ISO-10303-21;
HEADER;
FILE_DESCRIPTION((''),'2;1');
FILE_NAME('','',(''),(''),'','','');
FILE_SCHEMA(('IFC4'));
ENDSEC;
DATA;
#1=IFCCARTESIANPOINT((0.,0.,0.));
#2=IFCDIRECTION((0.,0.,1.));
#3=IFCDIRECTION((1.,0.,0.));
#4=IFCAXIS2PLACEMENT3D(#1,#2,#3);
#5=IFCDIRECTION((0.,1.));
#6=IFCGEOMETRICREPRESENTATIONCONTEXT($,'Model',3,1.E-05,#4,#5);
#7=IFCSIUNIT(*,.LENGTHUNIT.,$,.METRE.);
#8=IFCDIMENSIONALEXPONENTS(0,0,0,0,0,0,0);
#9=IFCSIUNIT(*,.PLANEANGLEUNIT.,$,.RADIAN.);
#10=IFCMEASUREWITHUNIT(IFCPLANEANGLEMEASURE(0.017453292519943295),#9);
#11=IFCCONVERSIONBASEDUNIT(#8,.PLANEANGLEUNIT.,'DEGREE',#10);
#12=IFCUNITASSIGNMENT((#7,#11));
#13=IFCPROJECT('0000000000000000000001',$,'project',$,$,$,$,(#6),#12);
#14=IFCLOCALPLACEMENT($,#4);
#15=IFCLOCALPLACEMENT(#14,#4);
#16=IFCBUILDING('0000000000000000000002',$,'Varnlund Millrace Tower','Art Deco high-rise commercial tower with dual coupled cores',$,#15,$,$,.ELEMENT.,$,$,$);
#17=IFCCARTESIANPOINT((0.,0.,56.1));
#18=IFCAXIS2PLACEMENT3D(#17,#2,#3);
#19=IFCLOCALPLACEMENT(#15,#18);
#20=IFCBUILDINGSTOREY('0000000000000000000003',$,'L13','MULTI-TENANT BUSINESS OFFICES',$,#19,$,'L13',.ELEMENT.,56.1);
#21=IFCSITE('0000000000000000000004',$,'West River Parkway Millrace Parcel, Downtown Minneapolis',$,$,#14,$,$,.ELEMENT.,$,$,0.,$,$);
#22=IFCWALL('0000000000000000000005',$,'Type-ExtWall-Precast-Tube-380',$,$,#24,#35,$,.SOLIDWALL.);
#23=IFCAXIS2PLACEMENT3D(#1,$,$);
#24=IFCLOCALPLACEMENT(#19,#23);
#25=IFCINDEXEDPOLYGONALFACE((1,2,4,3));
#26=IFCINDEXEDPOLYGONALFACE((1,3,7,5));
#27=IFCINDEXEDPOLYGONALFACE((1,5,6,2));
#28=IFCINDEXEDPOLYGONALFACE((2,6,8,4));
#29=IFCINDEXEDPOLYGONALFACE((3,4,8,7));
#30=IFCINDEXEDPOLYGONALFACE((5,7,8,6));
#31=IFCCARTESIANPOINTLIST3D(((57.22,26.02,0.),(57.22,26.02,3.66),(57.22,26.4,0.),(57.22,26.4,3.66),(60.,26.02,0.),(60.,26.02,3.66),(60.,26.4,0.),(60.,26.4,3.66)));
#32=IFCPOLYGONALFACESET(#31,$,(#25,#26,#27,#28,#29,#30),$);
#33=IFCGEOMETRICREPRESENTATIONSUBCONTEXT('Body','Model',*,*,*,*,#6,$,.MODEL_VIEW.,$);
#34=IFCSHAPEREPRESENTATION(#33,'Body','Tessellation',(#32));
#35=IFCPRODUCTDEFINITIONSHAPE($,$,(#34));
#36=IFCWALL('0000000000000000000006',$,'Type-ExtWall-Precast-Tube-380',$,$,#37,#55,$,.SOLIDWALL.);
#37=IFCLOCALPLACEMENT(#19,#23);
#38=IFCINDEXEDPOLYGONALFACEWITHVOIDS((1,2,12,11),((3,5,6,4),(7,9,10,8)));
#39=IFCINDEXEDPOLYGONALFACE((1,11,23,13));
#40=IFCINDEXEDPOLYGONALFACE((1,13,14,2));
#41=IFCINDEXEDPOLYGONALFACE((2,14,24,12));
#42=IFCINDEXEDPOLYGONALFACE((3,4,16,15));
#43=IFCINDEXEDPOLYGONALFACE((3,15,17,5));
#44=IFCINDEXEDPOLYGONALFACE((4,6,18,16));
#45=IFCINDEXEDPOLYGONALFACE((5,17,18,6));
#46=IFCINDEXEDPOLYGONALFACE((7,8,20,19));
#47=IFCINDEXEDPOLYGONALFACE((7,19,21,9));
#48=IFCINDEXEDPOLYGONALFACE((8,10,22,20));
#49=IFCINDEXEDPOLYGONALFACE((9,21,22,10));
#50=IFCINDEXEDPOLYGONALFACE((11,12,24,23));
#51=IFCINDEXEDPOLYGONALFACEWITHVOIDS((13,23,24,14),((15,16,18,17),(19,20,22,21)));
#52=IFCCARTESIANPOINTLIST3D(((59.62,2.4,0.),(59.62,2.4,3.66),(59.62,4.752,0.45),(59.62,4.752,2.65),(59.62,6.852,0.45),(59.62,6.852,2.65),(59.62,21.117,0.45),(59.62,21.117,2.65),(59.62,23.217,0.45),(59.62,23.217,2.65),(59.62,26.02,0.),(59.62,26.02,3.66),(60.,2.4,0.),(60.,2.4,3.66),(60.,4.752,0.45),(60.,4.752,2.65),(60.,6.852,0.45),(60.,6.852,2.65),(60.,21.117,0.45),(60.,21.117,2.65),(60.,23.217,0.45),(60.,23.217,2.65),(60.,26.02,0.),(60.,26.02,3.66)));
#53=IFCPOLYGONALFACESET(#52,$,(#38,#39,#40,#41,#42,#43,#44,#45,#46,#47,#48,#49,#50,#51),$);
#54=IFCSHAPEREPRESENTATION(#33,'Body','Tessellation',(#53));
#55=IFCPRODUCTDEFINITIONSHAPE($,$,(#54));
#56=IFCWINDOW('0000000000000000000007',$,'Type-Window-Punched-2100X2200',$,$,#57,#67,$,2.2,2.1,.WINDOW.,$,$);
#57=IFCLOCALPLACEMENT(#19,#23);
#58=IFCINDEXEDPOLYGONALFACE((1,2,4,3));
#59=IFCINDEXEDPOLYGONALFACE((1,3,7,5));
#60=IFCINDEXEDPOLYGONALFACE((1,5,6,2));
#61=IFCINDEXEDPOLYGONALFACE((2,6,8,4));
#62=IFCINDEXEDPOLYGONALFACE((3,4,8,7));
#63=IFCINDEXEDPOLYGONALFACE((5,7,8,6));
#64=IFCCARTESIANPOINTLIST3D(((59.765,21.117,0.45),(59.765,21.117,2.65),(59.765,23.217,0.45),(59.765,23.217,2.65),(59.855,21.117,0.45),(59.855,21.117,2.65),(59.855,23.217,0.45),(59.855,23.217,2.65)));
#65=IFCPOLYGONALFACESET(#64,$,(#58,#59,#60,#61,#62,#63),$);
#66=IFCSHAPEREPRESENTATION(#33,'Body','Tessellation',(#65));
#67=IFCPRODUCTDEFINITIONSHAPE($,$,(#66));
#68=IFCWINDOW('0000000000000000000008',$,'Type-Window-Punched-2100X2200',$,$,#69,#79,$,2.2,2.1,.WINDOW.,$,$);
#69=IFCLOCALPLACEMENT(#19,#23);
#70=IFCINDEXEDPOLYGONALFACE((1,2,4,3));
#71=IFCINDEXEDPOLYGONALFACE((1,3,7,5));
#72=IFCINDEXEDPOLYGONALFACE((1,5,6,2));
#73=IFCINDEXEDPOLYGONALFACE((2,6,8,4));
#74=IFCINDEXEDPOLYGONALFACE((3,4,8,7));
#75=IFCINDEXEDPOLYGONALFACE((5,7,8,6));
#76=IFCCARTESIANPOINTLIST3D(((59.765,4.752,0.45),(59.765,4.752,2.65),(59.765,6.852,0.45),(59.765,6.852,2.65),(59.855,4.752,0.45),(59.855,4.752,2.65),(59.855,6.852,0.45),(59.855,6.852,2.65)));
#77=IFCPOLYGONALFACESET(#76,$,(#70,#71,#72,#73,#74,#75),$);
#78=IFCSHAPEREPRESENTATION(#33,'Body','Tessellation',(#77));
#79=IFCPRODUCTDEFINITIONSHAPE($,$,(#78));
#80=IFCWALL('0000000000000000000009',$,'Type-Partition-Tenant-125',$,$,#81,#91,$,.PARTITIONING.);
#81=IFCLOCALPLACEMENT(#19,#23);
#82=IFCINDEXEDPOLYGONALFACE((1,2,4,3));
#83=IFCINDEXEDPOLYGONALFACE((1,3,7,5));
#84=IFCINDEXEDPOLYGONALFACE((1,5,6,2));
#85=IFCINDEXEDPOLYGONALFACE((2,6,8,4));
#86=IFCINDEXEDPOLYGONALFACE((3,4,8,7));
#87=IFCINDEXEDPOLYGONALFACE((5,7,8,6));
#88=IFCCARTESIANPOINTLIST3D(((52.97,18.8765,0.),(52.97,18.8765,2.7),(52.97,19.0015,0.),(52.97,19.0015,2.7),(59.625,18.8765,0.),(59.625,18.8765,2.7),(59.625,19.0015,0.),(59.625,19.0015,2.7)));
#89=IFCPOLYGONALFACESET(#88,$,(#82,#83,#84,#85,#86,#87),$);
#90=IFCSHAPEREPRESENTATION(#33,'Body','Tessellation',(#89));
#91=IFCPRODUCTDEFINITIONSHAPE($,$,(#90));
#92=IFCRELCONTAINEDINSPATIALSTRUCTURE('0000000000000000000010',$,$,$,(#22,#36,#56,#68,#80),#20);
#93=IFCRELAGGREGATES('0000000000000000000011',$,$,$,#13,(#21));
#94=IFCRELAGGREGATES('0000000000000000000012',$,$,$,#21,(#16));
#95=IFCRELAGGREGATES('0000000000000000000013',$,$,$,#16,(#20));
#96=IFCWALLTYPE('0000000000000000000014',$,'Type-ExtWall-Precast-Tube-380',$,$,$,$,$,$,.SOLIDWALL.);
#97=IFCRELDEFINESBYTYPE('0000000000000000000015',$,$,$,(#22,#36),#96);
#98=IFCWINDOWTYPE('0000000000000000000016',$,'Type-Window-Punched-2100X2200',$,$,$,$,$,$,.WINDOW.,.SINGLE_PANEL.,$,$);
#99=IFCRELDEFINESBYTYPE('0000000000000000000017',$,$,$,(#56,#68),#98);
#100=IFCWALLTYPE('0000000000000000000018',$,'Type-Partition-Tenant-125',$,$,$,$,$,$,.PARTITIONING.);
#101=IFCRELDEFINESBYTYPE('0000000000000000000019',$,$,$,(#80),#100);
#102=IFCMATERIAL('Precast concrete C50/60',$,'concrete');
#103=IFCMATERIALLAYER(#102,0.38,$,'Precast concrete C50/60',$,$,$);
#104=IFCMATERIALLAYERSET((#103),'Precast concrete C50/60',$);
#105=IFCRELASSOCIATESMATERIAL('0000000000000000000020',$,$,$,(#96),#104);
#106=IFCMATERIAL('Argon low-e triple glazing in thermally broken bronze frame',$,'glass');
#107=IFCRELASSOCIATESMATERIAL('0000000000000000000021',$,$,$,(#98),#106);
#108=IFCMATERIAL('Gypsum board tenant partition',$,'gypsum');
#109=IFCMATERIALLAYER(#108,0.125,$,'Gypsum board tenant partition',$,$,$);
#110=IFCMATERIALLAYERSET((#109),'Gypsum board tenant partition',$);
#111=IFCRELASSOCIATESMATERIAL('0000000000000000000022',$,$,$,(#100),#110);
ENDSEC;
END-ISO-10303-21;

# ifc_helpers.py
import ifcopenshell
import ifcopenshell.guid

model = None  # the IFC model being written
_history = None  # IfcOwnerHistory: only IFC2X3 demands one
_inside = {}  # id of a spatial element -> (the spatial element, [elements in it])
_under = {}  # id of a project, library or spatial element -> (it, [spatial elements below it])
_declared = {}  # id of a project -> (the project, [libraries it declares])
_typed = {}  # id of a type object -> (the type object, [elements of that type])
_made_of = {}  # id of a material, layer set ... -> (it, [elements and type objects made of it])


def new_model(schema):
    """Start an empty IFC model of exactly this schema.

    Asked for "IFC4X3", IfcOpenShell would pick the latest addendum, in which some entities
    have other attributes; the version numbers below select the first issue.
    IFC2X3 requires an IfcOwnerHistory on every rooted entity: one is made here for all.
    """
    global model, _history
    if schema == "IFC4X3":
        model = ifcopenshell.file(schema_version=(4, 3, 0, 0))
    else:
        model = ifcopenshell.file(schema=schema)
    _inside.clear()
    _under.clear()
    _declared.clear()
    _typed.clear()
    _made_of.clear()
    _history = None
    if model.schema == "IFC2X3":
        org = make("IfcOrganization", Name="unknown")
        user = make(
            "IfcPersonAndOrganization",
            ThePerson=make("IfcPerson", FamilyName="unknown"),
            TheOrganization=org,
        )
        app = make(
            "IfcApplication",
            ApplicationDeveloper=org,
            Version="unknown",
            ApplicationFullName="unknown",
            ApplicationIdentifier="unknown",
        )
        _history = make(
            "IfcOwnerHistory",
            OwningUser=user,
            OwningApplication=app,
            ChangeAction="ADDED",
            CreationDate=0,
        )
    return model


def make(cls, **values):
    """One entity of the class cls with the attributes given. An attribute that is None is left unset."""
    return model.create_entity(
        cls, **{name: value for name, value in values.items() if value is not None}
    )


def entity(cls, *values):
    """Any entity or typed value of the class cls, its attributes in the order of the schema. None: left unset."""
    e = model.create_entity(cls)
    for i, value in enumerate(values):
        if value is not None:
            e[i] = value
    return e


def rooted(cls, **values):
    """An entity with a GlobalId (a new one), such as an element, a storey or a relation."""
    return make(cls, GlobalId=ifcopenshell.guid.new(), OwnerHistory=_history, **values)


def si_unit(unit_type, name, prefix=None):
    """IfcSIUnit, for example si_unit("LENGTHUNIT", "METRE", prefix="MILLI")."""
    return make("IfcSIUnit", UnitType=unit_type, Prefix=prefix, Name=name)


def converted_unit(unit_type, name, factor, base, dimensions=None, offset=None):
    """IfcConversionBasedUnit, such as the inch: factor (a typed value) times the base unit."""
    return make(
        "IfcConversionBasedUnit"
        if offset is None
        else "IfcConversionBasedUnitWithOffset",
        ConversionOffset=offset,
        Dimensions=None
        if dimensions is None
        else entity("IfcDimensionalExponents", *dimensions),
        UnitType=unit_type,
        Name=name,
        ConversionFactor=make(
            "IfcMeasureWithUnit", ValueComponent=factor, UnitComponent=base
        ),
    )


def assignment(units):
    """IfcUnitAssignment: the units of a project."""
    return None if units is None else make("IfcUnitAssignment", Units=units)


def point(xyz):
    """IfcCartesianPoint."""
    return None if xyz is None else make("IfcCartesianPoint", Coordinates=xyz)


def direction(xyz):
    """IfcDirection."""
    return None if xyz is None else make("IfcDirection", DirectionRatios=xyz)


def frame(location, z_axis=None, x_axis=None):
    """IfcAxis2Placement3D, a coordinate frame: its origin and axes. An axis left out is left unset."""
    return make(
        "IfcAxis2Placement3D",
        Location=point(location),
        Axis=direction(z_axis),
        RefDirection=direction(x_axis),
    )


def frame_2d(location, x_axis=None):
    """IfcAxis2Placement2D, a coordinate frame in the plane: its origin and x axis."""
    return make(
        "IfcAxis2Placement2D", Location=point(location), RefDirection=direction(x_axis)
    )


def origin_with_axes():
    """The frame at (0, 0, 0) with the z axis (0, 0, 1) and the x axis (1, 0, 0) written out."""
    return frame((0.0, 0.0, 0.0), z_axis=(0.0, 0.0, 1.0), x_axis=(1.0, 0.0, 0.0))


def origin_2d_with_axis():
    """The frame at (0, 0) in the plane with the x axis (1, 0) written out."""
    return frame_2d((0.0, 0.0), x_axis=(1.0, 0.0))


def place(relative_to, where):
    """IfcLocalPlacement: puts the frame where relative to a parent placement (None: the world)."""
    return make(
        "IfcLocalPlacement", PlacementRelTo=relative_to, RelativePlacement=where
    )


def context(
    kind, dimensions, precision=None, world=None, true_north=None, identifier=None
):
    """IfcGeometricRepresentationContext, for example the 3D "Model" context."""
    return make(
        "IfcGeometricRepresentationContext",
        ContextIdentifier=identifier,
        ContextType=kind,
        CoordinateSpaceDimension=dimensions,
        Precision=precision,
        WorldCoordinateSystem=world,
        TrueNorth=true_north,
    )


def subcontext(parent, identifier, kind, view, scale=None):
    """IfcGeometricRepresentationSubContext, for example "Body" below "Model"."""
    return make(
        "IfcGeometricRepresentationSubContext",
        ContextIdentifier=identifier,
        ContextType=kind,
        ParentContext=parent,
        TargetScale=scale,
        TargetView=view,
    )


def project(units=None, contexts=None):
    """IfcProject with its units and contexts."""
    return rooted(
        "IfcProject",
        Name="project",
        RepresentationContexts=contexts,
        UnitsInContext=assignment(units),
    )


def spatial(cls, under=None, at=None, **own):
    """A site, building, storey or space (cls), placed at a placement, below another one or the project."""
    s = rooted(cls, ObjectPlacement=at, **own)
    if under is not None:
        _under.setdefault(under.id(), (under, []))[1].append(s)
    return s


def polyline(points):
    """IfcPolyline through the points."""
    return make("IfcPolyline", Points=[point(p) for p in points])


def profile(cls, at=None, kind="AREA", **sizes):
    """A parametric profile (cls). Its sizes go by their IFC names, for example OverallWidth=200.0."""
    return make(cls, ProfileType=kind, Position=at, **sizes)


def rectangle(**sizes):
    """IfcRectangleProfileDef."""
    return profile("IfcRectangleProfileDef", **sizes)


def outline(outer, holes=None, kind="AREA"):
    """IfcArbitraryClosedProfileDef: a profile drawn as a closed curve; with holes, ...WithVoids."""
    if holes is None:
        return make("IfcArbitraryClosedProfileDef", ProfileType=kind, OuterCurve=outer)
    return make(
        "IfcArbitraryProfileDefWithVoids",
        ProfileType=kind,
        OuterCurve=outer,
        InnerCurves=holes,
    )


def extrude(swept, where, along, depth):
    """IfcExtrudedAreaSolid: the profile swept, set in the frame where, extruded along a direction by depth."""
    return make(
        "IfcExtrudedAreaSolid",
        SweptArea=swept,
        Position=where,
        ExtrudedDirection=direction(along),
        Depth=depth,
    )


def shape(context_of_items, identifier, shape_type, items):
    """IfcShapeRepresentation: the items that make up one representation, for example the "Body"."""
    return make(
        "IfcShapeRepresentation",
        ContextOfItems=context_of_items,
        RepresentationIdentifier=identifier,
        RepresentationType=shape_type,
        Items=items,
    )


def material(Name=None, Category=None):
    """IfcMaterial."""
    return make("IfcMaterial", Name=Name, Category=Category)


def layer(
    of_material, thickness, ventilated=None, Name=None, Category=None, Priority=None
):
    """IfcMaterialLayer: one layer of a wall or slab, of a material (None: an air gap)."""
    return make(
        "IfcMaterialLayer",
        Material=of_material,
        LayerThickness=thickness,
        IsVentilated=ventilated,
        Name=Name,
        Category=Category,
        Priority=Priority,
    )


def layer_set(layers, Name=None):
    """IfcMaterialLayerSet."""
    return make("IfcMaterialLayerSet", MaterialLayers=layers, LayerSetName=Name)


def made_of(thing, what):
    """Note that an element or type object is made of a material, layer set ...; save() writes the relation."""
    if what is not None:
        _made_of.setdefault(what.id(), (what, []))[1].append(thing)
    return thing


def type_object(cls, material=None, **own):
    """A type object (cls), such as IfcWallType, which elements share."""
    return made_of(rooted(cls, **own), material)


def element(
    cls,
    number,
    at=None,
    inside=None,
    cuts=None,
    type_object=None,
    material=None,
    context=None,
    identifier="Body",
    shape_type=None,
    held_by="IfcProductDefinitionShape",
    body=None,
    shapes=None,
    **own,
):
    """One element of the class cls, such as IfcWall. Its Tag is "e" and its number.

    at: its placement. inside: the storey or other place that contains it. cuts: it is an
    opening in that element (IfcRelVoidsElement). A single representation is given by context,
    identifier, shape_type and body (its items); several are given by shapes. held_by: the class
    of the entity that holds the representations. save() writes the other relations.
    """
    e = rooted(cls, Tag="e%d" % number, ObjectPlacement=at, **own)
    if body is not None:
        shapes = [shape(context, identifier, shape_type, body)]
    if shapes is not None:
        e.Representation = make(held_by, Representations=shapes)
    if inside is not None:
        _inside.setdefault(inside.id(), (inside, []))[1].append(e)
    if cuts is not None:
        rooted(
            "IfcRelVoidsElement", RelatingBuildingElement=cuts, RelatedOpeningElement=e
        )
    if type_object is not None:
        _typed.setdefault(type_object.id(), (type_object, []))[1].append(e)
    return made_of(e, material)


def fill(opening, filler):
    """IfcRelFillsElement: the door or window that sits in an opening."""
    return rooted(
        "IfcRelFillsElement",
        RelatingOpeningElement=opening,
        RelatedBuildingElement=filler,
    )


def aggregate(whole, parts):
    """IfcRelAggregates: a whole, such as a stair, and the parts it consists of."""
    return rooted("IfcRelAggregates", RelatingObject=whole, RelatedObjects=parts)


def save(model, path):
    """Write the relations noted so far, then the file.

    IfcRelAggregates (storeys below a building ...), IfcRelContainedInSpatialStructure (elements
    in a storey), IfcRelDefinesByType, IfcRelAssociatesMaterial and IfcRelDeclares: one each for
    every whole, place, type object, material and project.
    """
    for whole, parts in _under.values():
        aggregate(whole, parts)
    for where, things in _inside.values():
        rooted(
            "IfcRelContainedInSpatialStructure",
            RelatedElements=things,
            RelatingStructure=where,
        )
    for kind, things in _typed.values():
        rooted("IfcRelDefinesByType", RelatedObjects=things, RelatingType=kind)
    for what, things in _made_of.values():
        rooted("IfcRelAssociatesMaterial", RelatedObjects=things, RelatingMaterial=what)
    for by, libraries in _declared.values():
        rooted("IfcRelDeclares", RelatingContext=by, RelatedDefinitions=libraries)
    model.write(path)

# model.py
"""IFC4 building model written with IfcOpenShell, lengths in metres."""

from ifc_helpers import new_model, entity, si_unit, converted_unit, direction, frame, origin_with_axes, origin_2d_with_axis, place, context, subcontext, project, spatial, polyline, rectangle, outline, extrude, material, layer, layer_set, type_object, element, fill, save


model = new_model("IFC4")

# Units and contexts
model_context = context("Model", 3, precision=1e-05, world=origin_with_axes(), true_north=direction((0.0, 1.0)))
body_context = subcontext(model_context, "Body", "Model", "MODEL_VIEW")
ifc_project = project(units=[si_unit("LENGTHUNIT", "METRE"), converted_unit("PLANEANGLEUNIT", "DEGREE", entity("IfcPlaneAngleMeasure", 0.017453292519943295), si_unit("PLANEANGLEUNIT", "RADIAN"), dimensions=[0, 0, 0, 0, 0, 0, 0])], contexts=[model_context])

# Site, building, storey
site_placement = place(None, origin_with_axes())
site = spatial("IfcSite", under=ifc_project, at=site_placement, Name="West River Parkway Millrace Parcel, Downtown Minneapolis", CompositionType="ELEMENT", RefElevation=0.0)
building_placement = place(site_placement, origin_with_axes())
building = spatial("IfcBuilding", under=site, at=building_placement, Name="Varnlund Millrace Tower", Description="Art Deco high-rise commercial tower with dual coupled cores", CompositionType="ELEMENT")
storey_placement = place(building_placement, frame((0.0, 0.0, 56.1), z_axis=(0.0, 0.0, 1.0), x_axis=(1.0, 0.0, 0.0)))
storey = spatial("IfcBuildingStorey", under=building, at=storey_placement, Name="L13", Description="MULTI-TENANT BUSINESS OFFICES", LongName="L13", CompositionType="ELEMENT", Elevation=56.1)

# Wall
ifc_material_1 = material(Name="Precast concrete C50/60", Category="concrete")
ifc_layer_1 = layer(ifc_material_1, 0.38, Name="Precast concrete C50/60")
ifc_layer_set_1 = layer_set([ifc_layer_1], Name="Precast concrete C50/60")
wall_type_1 = type_object("IfcWallType", Name="Type-ExtWall-Precast-Tube-380", PredefinedType="SOLIDWALL", material=ifc_layer_set_1)
wall_1_placement = place(storey_placement, frame((57.22, 26.21, 0.0), z_axis=(0.0, 0.0, 1.0), x_axis=(1.0, 0.0, 0.0)))
element("IfcWall", 1, at=wall_1_placement, inside=storey, type_object=wall_type_1, Name="Type-ExtWall-Precast-Tube-380", PredefinedType="SOLIDWALL", context=body_context, shape_type="SweptSolid", body=[
    extrude(outline(polyline([(0.0, -0.19), (2.78, -0.19), (2.78, 0.19), (0.0, 0.19), (0.0, -0.19)])), origin_with_axes(), (0.0, 0.0, 1.0), 3.66),
])

# Wall, openings, windows
wall_2_placement = place(storey_placement, frame((59.81, 26.02, 0.0), z_axis=(0.0, 0.0, 1.0), x_axis=(0.0, -1.0, 0.0)))
wall_2 = element("IfcWall", 2, at=wall_2_placement, inside=storey, type_object=wall_type_1, Name="Type-ExtWall-Precast-Tube-380", PredefinedType="SOLIDWALL", context=body_context, shape_type="SweptSolid", body=[
    extrude(outline(polyline([(0.0, -0.19), (23.62, -0.19), (23.62, 0.19), (0.0, 0.19), (0.0, -0.19)])), origin_with_axes(), (0.0, 0.0, 1.0), 3.66),
])
opening_1_placement = place(wall_2_placement, frame((3.853, 0.0, 0.45), z_axis=(0.0, 0.0, 1.0), x_axis=(1.0, 0.0, 0.0)))
opening_1 = element("IfcOpeningElement", 3, at=opening_1_placement, cuts=wall_2, PredefinedType="OPENING", context=body_context, shape_type="SweptSolid", body=[
    extrude(rectangle(XDim=2.1, YDim=0.4, at=origin_2d_with_axis()), origin_with_axes(), (0.0, 0.0, 1.0), 2.2),
])
opening_2_placement = place(wall_2_placement, frame((20.218, 0.0, 0.45), z_axis=(0.0, 0.0, 1.0), x_axis=(1.0, 0.0, 0.0)))
opening_2 = element("IfcOpeningElement", 4, at=opening_2_placement, cuts=wall_2, PredefinedType="OPENING", context=body_context, shape_type="SweptSolid", body=[
    extrude(rectangle(XDim=2.1, YDim=0.4, at=origin_2d_with_axis()), origin_with_axes(), (0.0, 0.0, 1.0), 2.2),
])
ifc_material_2 = material(Name="Argon low-e triple glazing in thermally broken bronze frame", Category="glass")
window_type = type_object("IfcWindowType", Name="Type-Window-Punched-2100X2200", PartitioningType="SINGLE_PANEL", PredefinedType="WINDOW", material=ifc_material_2)
window_1_placement = place(wall_2_placement, frame((3.853, 0.0, 0.45), z_axis=(0.0, 0.0, 1.0), x_axis=(1.0, 0.0, 0.0)))
window_1 = element("IfcWindow", 5, at=window_1_placement, inside=storey, type_object=window_type, Name="Type-Window-Punched-2100X2200", OverallHeight=2.2, OverallWidth=2.1, PredefinedType="WINDOW", context=body_context, shape_type="SweptSolid", body=[
    extrude(rectangle(XDim=2.1, YDim=0.09, at=origin_2d_with_axis()), origin_with_axes(), (0.0, 0.0, 1.0), 2.2),
])
fill(opening_1, window_1)
window_2_placement = place(wall_2_placement, frame((20.218, 0.0, 0.45), z_axis=(0.0, 0.0, 1.0), x_axis=(1.0, 0.0, 0.0)))
window_2 = element("IfcWindow", 6, at=window_2_placement, inside=storey, type_object=window_type, Name="Type-Window-Punched-2100X2200", OverallHeight=2.2, OverallWidth=2.1, PredefinedType="WINDOW", context=body_context, shape_type="SweptSolid", body=[
    extrude(rectangle(XDim=2.1, YDim=0.09, at=origin_2d_with_axis()), origin_with_axes(), (0.0, 0.0, 1.0), 2.2),
])
fill(opening_2, window_2)

# Wall
ifc_material_3 = material(Name="Gypsum board tenant partition", Category="gypsum")
ifc_layer_2 = layer(ifc_material_3, 0.125, Name="Gypsum board tenant partition")
ifc_layer_set_2 = layer_set([ifc_layer_2], Name="Gypsum board tenant partition")
wall_type_2 = type_object("IfcWallType", Name="Type-Partition-Tenant-125", PredefinedType="PARTITIONING", material=ifc_layer_set_2)
wall_3_placement = place(storey_placement, frame((52.97, 18.939, 0.0), z_axis=(0.0, 0.0, 1.0), x_axis=(1.0, 0.0, 0.0)))
element("IfcWall", 7, at=wall_3_placement, inside=storey, type_object=wall_type_2, Name="Type-Partition-Tenant-125", PredefinedType="PARTITIONING", context=body_context, shape_type="SweptSolid", body=[
    extrude(outline(polyline([(0.0, -0.0625), (6.655, -0.0625), (6.655, 0.0625), (0.0, 0.0625), (0.0, -0.0625)])), origin_with_axes(), (0.0, 0.0, 1.0), 2.7),
])

save(model, "model.ifc")
